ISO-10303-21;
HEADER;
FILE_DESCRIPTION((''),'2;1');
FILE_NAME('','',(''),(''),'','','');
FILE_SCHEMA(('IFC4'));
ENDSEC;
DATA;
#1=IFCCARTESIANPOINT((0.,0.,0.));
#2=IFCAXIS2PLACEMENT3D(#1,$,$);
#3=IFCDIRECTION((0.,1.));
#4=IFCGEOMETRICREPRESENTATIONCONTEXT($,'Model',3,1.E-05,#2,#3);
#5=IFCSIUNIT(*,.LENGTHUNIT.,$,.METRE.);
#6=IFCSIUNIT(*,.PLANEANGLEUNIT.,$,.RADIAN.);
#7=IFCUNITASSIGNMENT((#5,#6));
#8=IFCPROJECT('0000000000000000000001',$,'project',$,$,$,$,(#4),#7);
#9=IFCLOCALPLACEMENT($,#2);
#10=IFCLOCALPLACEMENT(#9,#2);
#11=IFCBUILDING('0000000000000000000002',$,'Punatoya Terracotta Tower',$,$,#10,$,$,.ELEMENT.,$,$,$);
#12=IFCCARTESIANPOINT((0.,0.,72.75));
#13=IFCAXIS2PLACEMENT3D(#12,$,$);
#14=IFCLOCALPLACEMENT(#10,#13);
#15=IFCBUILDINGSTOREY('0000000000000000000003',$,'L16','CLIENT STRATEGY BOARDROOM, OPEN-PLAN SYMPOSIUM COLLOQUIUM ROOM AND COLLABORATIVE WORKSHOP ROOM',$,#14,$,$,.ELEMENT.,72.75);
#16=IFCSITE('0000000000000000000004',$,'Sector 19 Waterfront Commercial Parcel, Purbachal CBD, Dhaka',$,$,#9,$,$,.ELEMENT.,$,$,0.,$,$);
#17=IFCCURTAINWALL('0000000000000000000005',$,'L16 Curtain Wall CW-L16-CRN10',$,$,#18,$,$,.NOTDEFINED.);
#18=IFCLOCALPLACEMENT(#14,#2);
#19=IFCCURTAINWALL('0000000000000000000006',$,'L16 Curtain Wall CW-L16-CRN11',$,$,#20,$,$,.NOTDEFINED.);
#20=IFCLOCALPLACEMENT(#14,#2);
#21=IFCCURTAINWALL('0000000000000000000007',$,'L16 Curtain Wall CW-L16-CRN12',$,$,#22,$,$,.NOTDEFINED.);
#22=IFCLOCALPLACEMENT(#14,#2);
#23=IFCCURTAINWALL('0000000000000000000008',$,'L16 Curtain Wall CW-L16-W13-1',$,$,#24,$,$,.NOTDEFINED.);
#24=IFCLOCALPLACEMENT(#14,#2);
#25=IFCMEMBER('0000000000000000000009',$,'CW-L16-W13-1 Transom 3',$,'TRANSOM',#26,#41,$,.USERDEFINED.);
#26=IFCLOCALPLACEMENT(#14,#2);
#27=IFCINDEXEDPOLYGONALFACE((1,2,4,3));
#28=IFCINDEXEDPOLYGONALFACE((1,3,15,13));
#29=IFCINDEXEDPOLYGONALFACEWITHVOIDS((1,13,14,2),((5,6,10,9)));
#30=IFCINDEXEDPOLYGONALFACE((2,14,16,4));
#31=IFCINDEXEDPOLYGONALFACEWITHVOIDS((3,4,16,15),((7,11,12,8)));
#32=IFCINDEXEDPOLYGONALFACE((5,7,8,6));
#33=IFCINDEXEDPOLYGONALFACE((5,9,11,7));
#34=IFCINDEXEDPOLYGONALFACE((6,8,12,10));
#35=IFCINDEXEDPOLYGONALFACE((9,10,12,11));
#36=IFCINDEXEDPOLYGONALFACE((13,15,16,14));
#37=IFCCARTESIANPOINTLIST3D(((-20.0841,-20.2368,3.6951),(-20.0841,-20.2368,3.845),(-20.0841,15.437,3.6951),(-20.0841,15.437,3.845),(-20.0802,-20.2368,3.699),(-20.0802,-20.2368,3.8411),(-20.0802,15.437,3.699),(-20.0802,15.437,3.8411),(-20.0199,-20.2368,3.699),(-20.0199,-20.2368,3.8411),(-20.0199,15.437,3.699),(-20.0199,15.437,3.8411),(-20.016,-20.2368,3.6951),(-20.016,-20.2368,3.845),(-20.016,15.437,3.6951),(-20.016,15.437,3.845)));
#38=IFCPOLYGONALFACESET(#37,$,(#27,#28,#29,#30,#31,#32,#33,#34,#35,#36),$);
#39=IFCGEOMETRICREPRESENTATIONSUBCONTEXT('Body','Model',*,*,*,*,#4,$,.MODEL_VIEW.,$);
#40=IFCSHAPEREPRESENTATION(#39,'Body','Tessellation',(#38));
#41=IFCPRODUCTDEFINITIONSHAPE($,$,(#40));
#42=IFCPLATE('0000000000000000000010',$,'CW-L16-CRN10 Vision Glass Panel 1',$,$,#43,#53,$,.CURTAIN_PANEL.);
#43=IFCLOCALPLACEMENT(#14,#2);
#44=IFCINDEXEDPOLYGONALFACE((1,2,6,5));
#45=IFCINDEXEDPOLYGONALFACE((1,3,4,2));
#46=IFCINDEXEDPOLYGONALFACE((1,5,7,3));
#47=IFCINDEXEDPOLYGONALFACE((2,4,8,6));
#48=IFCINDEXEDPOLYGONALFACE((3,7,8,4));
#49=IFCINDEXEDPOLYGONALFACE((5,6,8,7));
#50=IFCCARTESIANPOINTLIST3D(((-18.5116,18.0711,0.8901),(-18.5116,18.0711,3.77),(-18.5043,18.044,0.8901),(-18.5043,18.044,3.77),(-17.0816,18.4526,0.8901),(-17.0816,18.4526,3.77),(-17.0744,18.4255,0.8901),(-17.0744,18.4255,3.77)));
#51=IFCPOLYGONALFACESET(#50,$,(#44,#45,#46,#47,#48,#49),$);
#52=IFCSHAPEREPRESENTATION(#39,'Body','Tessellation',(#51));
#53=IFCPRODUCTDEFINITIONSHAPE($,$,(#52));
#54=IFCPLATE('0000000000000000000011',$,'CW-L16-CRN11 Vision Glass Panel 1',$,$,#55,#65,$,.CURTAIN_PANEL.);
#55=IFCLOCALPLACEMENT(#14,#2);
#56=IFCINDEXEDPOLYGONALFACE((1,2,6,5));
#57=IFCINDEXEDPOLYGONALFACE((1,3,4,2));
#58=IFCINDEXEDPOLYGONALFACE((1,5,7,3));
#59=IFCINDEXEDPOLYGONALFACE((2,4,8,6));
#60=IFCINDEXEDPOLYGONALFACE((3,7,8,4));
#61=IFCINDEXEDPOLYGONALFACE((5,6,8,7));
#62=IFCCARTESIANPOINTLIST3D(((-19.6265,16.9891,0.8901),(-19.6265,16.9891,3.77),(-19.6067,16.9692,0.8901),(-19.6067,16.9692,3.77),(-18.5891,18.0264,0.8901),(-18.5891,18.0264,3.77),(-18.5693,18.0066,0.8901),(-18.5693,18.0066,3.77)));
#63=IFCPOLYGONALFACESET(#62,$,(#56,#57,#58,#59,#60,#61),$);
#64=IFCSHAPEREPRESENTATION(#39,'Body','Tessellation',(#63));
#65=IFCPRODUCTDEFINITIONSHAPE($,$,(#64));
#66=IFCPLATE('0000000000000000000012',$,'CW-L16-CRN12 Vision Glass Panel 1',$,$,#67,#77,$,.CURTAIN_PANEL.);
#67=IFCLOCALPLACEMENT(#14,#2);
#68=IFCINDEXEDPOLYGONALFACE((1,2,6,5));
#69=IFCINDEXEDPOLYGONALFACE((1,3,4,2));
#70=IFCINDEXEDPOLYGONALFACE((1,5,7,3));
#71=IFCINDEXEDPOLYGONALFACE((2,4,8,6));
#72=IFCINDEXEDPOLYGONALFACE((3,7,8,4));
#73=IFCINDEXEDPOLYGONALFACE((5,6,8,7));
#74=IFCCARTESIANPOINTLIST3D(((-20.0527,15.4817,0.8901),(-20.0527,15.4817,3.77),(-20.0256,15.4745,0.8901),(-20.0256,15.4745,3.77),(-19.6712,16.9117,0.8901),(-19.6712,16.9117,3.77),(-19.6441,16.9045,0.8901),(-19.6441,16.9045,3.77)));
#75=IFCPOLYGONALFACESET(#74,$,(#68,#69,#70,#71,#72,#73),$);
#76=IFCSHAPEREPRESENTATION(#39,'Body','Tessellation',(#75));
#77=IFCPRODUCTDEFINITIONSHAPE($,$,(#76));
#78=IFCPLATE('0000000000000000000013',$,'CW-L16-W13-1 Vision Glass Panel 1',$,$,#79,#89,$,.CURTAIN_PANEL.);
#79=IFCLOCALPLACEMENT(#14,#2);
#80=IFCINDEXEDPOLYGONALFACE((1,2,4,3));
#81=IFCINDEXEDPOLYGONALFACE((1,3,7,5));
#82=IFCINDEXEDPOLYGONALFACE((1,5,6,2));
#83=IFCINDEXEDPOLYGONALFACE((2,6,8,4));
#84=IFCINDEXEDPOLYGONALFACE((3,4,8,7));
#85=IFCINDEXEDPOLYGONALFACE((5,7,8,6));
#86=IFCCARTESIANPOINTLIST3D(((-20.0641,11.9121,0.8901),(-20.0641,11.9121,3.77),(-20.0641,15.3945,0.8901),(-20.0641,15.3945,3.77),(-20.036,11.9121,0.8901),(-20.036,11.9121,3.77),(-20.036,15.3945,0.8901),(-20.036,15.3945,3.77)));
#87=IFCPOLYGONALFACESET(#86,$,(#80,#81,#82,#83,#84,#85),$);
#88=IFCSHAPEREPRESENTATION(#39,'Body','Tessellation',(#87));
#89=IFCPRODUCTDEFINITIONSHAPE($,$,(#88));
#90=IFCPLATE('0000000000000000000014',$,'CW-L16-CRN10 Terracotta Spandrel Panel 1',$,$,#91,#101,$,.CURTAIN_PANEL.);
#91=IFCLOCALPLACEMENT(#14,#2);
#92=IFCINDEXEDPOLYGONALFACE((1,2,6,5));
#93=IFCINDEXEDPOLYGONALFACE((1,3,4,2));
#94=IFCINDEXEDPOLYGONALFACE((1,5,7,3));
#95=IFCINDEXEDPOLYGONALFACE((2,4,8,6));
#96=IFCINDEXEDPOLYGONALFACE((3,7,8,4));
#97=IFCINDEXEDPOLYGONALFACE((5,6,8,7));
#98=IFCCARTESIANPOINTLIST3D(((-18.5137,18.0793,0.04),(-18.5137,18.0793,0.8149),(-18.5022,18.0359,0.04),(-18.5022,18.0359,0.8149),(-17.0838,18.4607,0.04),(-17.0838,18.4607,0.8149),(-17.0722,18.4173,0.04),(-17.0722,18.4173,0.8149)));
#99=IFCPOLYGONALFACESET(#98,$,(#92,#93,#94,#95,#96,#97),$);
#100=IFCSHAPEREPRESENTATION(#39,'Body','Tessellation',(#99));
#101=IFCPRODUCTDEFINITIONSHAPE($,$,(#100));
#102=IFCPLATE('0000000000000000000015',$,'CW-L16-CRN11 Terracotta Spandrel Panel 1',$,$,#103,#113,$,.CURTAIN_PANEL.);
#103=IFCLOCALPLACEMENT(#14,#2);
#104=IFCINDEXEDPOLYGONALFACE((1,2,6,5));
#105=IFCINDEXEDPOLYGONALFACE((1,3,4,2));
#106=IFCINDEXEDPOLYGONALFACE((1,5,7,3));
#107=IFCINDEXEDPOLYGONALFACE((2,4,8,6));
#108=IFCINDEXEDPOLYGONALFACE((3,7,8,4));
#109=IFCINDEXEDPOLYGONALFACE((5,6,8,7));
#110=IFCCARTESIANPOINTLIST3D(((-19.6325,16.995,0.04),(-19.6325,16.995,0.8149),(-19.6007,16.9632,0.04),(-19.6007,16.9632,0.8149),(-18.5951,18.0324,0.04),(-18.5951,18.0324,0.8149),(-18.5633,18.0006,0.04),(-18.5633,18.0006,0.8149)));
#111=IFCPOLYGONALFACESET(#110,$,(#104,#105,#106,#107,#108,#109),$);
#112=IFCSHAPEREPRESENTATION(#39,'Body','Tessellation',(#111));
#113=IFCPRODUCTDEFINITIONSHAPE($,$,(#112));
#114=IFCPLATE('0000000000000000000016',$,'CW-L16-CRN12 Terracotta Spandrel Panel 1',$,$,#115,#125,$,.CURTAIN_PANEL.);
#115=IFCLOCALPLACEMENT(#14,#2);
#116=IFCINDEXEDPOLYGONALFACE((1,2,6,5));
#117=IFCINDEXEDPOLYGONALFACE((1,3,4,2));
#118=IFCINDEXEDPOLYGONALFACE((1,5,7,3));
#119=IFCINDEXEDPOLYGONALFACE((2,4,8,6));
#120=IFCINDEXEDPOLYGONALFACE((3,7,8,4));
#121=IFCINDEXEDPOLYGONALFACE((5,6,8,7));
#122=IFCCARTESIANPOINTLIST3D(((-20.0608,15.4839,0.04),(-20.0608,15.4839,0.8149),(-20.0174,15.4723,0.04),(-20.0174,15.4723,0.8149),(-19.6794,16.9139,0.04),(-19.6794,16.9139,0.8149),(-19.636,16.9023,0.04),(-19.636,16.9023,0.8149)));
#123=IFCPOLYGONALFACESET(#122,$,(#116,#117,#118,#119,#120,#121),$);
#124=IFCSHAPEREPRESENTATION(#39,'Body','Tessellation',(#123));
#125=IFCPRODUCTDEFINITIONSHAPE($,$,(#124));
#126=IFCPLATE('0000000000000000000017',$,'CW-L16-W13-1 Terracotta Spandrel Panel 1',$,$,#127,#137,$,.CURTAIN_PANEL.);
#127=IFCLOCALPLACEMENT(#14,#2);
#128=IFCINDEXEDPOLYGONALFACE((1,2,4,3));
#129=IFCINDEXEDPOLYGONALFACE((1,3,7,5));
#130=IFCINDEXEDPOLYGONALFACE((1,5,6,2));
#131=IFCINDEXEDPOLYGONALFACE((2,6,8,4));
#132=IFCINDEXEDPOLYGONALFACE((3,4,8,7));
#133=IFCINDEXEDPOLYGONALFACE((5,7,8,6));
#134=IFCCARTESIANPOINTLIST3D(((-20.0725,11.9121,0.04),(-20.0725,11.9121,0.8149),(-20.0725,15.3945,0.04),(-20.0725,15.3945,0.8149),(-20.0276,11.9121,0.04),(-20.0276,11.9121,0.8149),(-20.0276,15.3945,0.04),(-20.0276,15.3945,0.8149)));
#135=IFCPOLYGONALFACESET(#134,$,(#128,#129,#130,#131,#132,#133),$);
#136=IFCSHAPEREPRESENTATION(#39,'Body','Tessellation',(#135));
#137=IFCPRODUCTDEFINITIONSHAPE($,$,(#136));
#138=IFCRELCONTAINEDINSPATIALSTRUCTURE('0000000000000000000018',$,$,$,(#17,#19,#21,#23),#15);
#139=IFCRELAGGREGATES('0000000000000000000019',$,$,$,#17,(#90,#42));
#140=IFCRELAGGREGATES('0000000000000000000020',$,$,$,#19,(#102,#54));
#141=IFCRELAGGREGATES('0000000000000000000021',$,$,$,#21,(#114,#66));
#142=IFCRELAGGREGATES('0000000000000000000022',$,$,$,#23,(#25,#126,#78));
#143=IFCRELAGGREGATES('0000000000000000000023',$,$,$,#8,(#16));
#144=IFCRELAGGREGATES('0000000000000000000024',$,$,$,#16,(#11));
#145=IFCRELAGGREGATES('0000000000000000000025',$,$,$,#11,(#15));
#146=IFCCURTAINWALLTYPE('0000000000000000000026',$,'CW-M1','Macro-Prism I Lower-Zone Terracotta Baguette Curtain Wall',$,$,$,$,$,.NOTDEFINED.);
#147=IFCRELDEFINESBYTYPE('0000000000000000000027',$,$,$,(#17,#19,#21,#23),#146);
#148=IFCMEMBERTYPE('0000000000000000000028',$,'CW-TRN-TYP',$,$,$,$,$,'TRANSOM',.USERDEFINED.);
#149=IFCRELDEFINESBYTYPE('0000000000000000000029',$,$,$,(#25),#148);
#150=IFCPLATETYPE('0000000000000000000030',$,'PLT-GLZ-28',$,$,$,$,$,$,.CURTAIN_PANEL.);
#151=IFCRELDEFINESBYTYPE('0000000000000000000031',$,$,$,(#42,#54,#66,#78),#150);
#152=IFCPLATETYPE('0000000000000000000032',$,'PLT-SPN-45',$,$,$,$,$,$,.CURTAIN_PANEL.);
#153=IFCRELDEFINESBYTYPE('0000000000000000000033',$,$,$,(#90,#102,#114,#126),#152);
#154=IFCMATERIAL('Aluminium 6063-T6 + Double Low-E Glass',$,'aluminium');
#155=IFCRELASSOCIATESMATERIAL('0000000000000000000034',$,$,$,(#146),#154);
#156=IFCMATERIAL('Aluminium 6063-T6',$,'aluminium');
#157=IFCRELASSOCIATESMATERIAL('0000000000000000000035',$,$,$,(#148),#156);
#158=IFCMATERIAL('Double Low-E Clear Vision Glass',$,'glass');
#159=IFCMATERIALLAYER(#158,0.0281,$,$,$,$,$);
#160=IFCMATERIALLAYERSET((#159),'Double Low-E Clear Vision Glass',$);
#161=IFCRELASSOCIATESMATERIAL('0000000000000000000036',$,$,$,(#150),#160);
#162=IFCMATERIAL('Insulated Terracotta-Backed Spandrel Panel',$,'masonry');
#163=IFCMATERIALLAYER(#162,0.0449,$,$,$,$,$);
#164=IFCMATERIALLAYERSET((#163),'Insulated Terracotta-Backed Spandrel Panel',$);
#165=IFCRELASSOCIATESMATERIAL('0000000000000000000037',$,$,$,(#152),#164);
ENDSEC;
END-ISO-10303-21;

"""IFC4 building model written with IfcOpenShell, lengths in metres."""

from ifc_helpers import new_model, si_unit, direction, frame, origin, origin_2d, place, context, subcontext, project, spatial, rectangle, hollow_rectangle, extrude, material, layer, layer_set, material_profile, profile_set, type_object, element, aggregate, save


model = new_model("IFC4")

# Units and contexts
model_context = context("Model", 3, precision=1e-05, world=origin(), true_north=direction((0.0, 1.0)))
body_context = subcontext(model_context, "Body", "Model", "MODEL_VIEW")
ifc_project = project(units=[si_unit("LENGTHUNIT", "METRE"), si_unit("PLANEANGLEUNIT", "RADIAN")], contexts=[model_context])

# Site, building, storey
site_placement = place(None, origin())
site = spatial("IfcSite", under=ifc_project, at=site_placement, Name="Sector 19 Waterfront Commercial Parcel, Purbachal CBD, Dhaka", CompositionType="ELEMENT", RefElevation=0.0)
building_placement = place(site_placement, origin())
building = spatial("IfcBuilding", under=site, at=building_placement, Name="Punatoya Terracotta Tower", CompositionType="ELEMENT")
storey_placement = place(building_placement, frame((0.0, 0.0, 72.75)))
storey = spatial("IfcBuildingStorey", under=building, at=storey_placement, Name="L16", Description="CLIENT STRATEGY BOARDROOM, OPEN-PLAN SYMPOSIUM COLLOQUIUM ROOM AND COLLABORATIVE WORKSHOP ROOM", CompositionType="ELEMENT", Elevation=72.75)

# Curtain wall
ifc_material_1 = material(Name="Aluminium 6063-T6 + Double Low-E Glass", Category="aluminium")
curtain_wall_type = type_object("IfcCurtainWallType", Name="CW-M1", Description="Macro-Prism I Lower-Zone Terracotta Baguette Curtain Wall", PredefinedType="NOTDEFINED", material=ifc_material_1)
curtain_wall_1_placement = place(storey_placement, origin())
curtain_wall_1 = element("IfcCurtainWall", 1, at=curtain_wall_1_placement, inside=storey, type_object=curtain_wall_type, Name="L16 Curtain Wall CW-L16-CRN10", PredefinedType="NOTDEFINED")
ifc_material_2 = material(Name="Aluminium 6063-T6", Category="aluminium")

# Curtain walls
curtain_wall_2_placement = place(storey_placement, origin())
curtain_wall_2 = element("IfcCurtainWall", 2, at=curtain_wall_2_placement, inside=storey, type_object=curtain_wall_type, Name="L16 Curtain Wall CW-L16-CRN11", PredefinedType="NOTDEFINED")
curtain_wall_3_placement = place(storey_placement, origin())
curtain_wall_3 = element("IfcCurtainWall", 3, at=curtain_wall_3_placement, inside=storey, type_object=curtain_wall_type, Name="L16 Curtain Wall CW-L16-CRN12", PredefinedType="NOTDEFINED")
curtain_wall_4_placement = place(storey_placement, origin())
curtain_wall_4 = element("IfcCurtainWall", 4, at=curtain_wall_4_placement, inside=storey, type_object=curtain_wall_type, Name="L16 Curtain Wall CW-L16-W13-1", PredefinedType="NOTDEFINED")

# Member
ifc_material_profile_1 = material_profile(ifc_material_2, hollow_rectangle(XDim=0.0681, YDim=0.1499, WallThickness=0.0039, at=origin_2d()))
ifc_profile_set_1 = profile_set([ifc_material_profile_1], Name="Aluminium 6063-T6")
member_type_1 = type_object("IfcMemberType", Name="CW-TRN-TYP", ElementType="TRANSOM", PredefinedType="USERDEFINED", material=ifc_profile_set_1)
member_1_placement = place(storey_placement, frame((-20.05, 15.437, 3.77), z_axis=(0.0, -1.0, 0.0), x_axis=(1.0, 0.0, 0.0)))
member_1 = element("IfcMember", 5, at=member_1_placement, type_object=member_type_1, Name="CW-L16-W13-1 Transom 3", ObjectType="TRANSOM", PredefinedType="USERDEFINED", context=body_context, shape_type="SweptSolid", body=[
    extrude(hollow_rectangle(XDim=0.0681, YDim=0.1499, WallThickness=0.0039, at=origin_2d()), origin(), (0.0, 0.0, 1.0), 35.6738),
])

# Plates
ifc_material_3 = material(Name="Double Low-E Clear Vision Glass", Category="glass")
ifc_layer_1 = layer(ifc_material_3, 0.0281)
ifc_layer_set_1 = layer_set([ifc_layer_1], Name="Double Low-E Clear Vision Glass")
plate_type_1 = type_object("IfcPlateType", Name="PLT-GLZ-28", PredefinedType="CURTAIN_PANEL", material=ifc_layer_set_1)
plate_1_placement = place(storey_placement, frame((-17.793, 18.2483, 0.8901), z_axis=(0.0, 0.0, 1.0), x_axis=(-0.966214, -0.257742, 0.0)))
plate_1 = element("IfcPlate", 6, at=plate_1_placement, type_object=plate_type_1, Name="CW-L16-CRN10 Vision Glass Panel 1", PredefinedType="CURTAIN_PANEL", context=body_context, shape_type="SweptSolid", body=[
    extrude(rectangle(XDim=1.48, YDim=0.0281, at=origin_2d()), origin(), (0.0, 0.0, 1.0), 2.8799),
])
plate_2_placement = place(storey_placement, frame((-19.0979, 17.4978, 0.8901), z_axis=(0.0, 0.0, 1.0), x_axis=(-0.707107, -0.707107, 0.0)))
plate_2 = element("IfcPlate", 7, at=plate_2_placement, type_object=plate_type_1, Name="CW-L16-CRN11 Vision Glass Panel 1", PredefinedType="CURTAIN_PANEL", context=body_context, shape_type="SweptSolid", body=[
    extrude(rectangle(XDim=1.467, YDim=0.0281, at=origin_2d()), origin(), (0.0, 0.0, 1.0), 2.8799),
])
plate_3_placement = place(storey_placement, frame((-19.8484, 16.1931, 0.8901), z_axis=(0.0, 0.0, 1.0), x_axis=(-0.257742, -0.966214, 0.0)))
plate_3 = element("IfcPlate", 8, at=plate_3_placement, type_object=plate_type_1, Name="CW-L16-CRN12 Vision Glass Panel 1", PredefinedType="CURTAIN_PANEL", context=body_context, shape_type="SweptSolid", body=[
    extrude(rectangle(XDim=1.48, YDim=0.0281, at=origin_2d()), origin(), (0.0, 0.0, 1.0), 2.8799),
])
plate_4_placement = place(storey_placement, frame((-20.05, 13.6533, 0.8901), z_axis=(0.0, 0.0, 1.0), x_axis=(0.0, -1.0, 0.0)))
plate_4 = element("IfcPlate", 9, at=plate_4_placement, type_object=plate_type_1, Name="CW-L16-W13-1 Vision Glass Panel 1", PredefinedType="CURTAIN_PANEL", context=body_context, shape_type="SweptSolid", body=[
    extrude(rectangle(XDim=3.4824, YDim=0.0281, at=origin_2d()), origin(), (0.0, 0.0, 1.0), 2.8799),
])
ifc_material_4 = material(Name="Insulated Terracotta-Backed Spandrel Panel", Category="masonry")
ifc_layer_2 = layer(ifc_material_4, 0.0449)
ifc_layer_set_2 = layer_set([ifc_layer_2], Name="Insulated Terracotta-Backed Spandrel Panel")
plate_type_2 = type_object("IfcPlateType", Name="PLT-SPN-45", PredefinedType="CURTAIN_PANEL", material=ifc_layer_set_2)
plate_5_placement = place(storey_placement, frame((-17.793, 18.2483, 0.04), z_axis=(0.0, 0.0, 1.0), x_axis=(-0.966214, -0.257742, 0.0)))
plate_5 = element("IfcPlate", 10, at=plate_5_placement, type_object=plate_type_2, Name="CW-L16-CRN10 Terracotta Spandrel Panel 1", PredefinedType="CURTAIN_PANEL", context=body_context, shape_type="SweptSolid", body=[
    extrude(rectangle(XDim=1.48, YDim=0.0449, at=origin_2d()), origin(), (0.0, 0.0, 1.0), 0.7749),
])
aggregate(curtain_wall_1, [plate_5, plate_1])
plate_6_placement = place(storey_placement, frame((-19.0979, 17.4978, 0.04), z_axis=(0.0, 0.0, 1.0), x_axis=(-0.707107, -0.707107, 0.0)))
plate_6 = element("IfcPlate", 11, at=plate_6_placement, type_object=plate_type_2, Name="CW-L16-CRN11 Terracotta Spandrel Panel 1", PredefinedType="CURTAIN_PANEL", context=body_context, shape_type="SweptSolid", body=[
    extrude(rectangle(XDim=1.467, YDim=0.0449, at=origin_2d()), origin(), (0.0, 0.0, 1.0), 0.7749),
])
aggregate(curtain_wall_2, [plate_6, plate_2])
plate_7_placement = place(storey_placement, frame((-19.8484, 16.1931, 0.04), z_axis=(0.0, 0.0, 1.0), x_axis=(-0.257742, -0.966214, 0.0)))
plate_7 = element("IfcPlate", 12, at=plate_7_placement, type_object=plate_type_2, Name="CW-L16-CRN12 Terracotta Spandrel Panel 1", PredefinedType="CURTAIN_PANEL", context=body_context, shape_type="SweptSolid", body=[
    extrude(rectangle(XDim=1.48, YDim=0.0449, at=origin_2d()), origin(), (0.0, 0.0, 1.0), 0.7749),
])
aggregate(curtain_wall_3, [plate_7, plate_3])
plate_8_placement = place(storey_placement, frame((-20.05, 13.6533, 0.04), z_axis=(0.0, 0.0, 1.0), x_axis=(0.0, -1.0, 0.0)))
plate_8 = element("IfcPlate", 13, at=plate_8_placement, type_object=plate_type_2, Name="CW-L16-W13-1 Terracotta Spandrel Panel 1", PredefinedType="CURTAIN_PANEL", context=body_context, shape_type="SweptSolid", body=[
    extrude(rectangle(XDim=3.4824, YDim=0.0449, at=origin_2d()), origin(), (0.0, 0.0, 1.0), 0.7749),
])
aggregate(curtain_wall_4, [member_1, plate_8, plate_4])

save(model, "model.ifc")
